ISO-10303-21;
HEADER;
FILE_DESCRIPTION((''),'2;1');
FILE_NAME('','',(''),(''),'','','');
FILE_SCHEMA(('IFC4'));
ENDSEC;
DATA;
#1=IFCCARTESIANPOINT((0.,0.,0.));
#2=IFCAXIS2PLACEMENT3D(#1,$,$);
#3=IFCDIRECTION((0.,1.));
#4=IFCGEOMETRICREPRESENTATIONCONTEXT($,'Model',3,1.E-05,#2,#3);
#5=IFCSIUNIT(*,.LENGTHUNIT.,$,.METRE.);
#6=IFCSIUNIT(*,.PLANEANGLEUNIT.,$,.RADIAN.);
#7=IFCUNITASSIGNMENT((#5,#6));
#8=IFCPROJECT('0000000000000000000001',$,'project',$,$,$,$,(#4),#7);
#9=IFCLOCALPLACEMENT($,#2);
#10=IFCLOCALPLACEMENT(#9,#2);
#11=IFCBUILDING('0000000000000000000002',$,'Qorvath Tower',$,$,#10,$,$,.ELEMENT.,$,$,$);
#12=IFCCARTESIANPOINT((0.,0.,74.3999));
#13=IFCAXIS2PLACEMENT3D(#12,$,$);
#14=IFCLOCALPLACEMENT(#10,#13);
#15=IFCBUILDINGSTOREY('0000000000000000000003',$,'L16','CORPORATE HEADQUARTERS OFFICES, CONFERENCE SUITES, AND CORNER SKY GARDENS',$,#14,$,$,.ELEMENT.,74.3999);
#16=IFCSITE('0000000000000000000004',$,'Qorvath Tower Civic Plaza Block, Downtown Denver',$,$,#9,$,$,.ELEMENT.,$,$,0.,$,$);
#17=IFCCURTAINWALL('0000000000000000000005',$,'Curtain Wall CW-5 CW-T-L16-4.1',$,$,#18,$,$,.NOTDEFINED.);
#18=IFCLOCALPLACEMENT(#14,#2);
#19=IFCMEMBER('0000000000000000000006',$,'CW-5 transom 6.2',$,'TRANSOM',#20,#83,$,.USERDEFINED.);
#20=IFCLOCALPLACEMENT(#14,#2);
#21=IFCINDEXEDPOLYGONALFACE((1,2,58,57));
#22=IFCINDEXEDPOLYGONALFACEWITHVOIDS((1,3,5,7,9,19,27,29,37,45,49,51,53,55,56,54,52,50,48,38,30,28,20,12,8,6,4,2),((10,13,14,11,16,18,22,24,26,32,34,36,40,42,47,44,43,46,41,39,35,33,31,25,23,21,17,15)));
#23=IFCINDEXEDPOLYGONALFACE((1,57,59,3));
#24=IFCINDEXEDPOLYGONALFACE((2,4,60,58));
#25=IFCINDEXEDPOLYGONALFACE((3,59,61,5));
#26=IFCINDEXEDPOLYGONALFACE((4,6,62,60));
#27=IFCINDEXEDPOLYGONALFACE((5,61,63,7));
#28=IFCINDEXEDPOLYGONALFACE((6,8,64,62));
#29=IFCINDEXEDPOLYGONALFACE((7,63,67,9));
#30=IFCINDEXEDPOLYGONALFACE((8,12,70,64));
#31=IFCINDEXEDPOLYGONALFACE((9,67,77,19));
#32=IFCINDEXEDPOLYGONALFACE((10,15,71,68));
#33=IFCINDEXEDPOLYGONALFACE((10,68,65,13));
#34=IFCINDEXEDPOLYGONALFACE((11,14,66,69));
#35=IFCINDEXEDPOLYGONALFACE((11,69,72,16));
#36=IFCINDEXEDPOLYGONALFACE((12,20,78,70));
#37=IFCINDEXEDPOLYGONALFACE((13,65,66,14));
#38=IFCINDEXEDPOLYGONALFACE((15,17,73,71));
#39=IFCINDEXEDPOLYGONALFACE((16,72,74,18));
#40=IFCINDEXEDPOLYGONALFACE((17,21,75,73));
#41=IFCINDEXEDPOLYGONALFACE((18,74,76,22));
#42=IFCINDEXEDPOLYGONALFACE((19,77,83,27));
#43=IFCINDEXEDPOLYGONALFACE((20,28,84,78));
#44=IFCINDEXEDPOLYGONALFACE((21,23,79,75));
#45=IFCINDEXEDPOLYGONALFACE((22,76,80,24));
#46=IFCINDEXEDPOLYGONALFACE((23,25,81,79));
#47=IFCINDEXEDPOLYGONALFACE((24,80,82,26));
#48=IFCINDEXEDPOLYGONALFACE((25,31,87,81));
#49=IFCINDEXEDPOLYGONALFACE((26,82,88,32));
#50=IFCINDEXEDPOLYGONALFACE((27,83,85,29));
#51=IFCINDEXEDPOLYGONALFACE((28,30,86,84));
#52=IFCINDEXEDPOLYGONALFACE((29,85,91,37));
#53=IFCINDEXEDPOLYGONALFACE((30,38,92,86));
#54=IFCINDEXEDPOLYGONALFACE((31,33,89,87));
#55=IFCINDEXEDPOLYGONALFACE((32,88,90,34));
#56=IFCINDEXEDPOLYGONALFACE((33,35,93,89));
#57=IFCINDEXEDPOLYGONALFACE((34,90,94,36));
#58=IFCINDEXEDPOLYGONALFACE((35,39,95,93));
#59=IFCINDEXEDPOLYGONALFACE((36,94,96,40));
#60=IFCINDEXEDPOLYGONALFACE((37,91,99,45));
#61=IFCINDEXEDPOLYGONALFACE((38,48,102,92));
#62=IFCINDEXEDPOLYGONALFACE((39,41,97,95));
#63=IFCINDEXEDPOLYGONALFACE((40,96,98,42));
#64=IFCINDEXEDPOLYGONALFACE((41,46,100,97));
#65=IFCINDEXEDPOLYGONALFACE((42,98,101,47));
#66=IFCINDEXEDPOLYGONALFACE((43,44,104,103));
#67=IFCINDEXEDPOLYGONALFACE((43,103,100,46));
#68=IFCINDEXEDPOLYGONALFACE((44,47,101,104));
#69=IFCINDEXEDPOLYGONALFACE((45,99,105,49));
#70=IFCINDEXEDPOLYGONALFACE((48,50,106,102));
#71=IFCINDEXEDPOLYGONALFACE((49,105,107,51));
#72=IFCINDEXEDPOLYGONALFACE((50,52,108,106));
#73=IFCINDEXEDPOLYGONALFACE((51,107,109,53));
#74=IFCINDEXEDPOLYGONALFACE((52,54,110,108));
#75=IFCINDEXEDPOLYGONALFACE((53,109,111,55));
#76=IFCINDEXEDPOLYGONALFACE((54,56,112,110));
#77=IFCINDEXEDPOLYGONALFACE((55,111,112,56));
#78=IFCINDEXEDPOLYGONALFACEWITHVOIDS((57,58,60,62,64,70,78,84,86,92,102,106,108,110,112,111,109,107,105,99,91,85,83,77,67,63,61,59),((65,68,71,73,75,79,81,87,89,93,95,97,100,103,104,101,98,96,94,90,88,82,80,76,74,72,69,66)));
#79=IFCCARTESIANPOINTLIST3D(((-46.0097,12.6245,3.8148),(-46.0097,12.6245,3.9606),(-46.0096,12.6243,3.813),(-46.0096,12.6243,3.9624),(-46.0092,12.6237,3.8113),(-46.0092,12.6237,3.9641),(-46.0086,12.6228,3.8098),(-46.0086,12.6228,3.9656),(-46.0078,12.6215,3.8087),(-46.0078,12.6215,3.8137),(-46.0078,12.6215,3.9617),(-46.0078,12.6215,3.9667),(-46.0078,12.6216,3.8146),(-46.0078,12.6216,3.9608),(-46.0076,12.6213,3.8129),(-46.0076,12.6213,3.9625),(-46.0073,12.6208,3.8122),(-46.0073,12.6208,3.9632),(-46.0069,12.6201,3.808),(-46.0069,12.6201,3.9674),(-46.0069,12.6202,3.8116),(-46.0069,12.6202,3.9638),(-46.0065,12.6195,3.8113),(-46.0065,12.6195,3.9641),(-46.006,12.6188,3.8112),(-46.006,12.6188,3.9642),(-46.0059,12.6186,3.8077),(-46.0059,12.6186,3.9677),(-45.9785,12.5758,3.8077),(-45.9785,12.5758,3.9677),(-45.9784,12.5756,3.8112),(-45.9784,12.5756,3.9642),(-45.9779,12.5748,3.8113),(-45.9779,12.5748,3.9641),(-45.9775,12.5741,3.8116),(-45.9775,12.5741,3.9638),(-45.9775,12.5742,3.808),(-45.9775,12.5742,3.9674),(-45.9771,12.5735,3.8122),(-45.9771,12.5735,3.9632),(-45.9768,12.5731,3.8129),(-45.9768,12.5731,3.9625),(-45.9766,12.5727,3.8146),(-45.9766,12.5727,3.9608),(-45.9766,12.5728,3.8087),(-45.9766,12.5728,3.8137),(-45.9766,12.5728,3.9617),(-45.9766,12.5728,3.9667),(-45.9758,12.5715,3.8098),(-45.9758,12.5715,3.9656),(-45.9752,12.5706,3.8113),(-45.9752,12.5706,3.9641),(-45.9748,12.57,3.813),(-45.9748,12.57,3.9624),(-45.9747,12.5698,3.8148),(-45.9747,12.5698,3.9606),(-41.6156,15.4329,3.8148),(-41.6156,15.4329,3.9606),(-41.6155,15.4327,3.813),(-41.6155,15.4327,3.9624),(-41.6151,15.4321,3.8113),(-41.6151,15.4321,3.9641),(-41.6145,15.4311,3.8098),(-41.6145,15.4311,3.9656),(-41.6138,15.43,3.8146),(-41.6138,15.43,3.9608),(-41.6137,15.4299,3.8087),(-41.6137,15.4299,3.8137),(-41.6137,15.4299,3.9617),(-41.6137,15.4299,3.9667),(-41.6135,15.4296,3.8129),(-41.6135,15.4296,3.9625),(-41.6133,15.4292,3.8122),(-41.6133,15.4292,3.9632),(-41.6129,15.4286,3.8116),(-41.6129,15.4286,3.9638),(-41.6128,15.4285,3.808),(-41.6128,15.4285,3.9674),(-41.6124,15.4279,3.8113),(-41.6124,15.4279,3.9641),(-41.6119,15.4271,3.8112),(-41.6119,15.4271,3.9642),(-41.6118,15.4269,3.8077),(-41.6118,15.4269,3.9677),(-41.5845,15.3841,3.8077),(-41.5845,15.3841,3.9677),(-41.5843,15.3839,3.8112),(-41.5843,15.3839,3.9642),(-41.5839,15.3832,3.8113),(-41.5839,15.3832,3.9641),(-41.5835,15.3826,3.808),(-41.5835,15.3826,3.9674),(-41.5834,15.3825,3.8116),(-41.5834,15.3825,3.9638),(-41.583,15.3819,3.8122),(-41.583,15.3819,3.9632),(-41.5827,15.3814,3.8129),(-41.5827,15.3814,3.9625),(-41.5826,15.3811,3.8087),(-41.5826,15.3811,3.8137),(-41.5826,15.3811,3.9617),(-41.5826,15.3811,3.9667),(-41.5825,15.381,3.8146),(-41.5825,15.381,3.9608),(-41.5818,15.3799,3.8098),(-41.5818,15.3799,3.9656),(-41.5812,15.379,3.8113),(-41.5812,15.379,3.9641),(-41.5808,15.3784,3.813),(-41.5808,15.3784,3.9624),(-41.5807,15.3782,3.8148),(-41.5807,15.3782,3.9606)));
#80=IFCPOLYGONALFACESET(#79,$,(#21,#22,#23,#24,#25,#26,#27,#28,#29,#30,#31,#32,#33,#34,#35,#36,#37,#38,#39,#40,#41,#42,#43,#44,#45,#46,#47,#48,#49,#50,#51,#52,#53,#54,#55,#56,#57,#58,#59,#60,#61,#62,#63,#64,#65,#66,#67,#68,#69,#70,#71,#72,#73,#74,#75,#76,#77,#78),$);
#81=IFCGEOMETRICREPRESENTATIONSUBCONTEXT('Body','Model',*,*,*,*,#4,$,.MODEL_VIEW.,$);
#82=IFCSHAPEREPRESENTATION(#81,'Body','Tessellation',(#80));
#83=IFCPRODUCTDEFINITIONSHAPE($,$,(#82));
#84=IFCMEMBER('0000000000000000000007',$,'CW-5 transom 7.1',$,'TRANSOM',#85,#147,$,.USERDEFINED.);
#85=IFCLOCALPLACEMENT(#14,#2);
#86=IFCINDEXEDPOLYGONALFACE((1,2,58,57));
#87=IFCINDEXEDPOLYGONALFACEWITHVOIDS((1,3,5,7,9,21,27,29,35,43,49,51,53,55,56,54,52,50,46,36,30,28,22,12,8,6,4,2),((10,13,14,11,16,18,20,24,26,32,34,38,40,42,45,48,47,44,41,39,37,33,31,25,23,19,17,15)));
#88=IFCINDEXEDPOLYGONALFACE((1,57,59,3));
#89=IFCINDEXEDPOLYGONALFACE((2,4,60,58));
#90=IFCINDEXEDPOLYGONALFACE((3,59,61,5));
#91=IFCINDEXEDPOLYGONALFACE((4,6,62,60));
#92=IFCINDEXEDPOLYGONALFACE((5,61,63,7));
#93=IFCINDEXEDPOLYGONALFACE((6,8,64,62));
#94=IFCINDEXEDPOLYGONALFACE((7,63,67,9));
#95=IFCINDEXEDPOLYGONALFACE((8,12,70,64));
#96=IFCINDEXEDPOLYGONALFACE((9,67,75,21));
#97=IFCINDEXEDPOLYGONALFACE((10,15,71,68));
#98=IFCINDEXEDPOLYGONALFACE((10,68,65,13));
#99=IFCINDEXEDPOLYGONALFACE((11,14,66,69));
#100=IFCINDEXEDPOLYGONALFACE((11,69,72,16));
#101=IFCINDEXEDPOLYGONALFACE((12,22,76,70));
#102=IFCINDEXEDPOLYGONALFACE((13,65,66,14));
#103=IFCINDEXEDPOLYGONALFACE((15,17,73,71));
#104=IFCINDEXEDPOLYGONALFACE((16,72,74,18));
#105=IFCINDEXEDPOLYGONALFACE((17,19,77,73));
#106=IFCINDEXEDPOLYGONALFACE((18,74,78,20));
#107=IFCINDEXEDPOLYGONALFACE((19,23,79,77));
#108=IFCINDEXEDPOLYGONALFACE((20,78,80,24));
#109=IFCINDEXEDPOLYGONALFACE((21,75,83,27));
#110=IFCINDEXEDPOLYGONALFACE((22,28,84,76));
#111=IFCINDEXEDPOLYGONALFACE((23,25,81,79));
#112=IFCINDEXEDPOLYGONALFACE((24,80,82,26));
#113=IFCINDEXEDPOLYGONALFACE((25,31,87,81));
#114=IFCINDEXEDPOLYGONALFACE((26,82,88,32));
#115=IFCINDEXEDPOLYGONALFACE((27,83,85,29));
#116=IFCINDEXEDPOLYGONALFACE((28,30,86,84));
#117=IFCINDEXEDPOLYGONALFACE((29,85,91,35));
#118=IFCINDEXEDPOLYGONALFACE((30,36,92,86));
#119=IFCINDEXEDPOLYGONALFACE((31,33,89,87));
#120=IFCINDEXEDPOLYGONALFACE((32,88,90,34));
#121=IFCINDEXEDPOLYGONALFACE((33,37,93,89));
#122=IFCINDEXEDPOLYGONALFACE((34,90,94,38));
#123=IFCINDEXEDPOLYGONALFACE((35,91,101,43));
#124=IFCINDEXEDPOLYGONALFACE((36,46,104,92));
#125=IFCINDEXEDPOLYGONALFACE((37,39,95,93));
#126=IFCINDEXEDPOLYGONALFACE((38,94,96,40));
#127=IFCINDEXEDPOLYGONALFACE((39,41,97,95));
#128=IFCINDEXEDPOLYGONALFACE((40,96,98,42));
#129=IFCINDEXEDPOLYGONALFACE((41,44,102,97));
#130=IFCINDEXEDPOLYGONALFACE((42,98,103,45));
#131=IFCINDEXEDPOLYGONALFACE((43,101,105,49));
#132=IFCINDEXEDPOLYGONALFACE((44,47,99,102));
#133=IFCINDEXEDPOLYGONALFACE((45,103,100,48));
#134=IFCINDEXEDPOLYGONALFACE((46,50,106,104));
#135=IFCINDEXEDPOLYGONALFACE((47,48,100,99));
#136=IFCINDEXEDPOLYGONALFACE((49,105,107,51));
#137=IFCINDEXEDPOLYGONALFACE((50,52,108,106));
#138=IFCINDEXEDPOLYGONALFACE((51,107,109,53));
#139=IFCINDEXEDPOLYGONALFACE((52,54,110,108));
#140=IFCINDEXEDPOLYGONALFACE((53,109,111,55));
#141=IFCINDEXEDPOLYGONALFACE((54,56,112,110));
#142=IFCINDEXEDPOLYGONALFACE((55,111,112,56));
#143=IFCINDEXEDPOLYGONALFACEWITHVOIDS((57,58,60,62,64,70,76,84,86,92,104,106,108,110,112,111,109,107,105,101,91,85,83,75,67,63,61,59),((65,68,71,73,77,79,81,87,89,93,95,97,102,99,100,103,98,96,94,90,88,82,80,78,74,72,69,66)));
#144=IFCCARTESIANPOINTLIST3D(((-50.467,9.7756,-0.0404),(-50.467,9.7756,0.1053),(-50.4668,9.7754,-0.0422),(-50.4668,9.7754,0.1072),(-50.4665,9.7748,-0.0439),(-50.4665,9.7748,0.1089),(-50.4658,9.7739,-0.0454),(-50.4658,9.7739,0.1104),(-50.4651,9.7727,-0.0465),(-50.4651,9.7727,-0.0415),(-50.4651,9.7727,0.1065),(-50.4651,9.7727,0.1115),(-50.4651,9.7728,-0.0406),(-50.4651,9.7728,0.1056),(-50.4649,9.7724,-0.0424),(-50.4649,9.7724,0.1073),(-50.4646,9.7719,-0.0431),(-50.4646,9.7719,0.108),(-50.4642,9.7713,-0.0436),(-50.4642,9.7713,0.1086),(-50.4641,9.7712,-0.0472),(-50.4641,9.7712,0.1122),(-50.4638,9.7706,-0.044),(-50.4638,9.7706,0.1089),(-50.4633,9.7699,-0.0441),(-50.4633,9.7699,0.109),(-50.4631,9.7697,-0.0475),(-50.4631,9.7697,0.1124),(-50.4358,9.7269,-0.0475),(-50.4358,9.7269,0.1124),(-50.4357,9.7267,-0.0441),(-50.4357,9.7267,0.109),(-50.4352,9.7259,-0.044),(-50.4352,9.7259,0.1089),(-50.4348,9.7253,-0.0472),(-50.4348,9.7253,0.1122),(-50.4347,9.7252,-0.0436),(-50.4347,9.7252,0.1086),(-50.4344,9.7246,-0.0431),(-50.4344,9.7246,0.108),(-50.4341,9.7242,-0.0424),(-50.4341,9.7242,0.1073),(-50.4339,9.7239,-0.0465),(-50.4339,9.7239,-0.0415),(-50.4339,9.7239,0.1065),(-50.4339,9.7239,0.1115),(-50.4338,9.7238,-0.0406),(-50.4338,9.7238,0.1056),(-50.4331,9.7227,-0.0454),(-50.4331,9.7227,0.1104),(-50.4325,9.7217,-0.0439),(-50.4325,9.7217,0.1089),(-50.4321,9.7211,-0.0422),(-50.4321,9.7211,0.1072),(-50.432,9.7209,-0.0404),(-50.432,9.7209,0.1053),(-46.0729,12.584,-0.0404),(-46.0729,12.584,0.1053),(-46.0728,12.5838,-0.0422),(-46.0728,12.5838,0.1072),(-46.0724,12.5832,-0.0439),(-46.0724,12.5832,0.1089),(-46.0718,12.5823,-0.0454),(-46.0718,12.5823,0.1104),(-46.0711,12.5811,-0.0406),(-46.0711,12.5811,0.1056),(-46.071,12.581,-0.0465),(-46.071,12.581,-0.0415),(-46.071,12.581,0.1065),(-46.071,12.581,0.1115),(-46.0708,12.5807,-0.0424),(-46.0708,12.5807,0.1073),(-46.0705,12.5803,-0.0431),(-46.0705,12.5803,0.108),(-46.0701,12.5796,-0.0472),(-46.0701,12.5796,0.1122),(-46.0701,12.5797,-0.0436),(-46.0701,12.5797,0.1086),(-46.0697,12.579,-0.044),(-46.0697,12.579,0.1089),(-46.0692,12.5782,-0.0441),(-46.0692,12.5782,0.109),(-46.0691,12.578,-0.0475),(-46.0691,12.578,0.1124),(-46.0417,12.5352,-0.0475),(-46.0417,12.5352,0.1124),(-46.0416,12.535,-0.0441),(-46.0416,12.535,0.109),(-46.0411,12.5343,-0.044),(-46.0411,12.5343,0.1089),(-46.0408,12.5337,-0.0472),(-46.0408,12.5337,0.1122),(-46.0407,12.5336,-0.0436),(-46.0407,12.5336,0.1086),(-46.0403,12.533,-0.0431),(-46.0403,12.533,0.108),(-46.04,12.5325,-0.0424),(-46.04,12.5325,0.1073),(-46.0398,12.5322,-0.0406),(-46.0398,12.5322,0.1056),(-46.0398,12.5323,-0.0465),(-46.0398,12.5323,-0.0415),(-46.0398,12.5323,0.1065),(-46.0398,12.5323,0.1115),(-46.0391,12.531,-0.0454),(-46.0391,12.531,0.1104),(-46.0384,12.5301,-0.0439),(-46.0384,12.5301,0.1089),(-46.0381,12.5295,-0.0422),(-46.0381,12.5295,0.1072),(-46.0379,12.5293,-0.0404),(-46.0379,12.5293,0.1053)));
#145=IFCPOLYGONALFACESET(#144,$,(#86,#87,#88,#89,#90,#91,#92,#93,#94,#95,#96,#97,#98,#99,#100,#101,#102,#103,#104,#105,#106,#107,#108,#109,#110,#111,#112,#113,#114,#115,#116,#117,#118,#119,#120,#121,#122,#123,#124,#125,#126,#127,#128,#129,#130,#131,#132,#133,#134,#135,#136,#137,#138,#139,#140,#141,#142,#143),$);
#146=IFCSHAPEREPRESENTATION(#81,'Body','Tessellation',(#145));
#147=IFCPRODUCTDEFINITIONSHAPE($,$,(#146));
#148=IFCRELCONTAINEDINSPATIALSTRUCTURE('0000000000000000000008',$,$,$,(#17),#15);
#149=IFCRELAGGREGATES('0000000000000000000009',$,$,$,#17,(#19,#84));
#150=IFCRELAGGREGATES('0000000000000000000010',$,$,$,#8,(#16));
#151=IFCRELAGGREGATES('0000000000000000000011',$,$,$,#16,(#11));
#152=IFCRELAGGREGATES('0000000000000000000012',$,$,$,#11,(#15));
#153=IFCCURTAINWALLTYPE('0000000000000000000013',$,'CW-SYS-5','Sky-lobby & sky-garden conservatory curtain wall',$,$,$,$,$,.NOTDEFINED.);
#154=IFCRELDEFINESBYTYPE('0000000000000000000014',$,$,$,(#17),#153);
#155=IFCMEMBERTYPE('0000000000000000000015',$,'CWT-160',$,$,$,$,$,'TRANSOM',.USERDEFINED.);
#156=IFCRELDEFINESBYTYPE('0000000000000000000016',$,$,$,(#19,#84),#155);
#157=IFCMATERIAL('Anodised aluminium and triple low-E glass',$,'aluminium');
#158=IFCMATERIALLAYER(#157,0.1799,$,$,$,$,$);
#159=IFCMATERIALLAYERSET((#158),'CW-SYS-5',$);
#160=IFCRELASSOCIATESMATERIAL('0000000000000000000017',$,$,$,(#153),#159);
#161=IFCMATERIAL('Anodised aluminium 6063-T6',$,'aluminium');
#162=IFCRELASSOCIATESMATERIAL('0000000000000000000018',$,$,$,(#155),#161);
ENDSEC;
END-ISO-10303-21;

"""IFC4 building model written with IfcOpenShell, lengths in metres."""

from ifc_helpers import new_model, si_unit, direction, frame, origin, origin_2d, place, context, subcontext, project, spatial, hollow_rectangle, extrude, material, layer, layer_set, material_profile, profile_set, type_object, element, aggregate, save


model = new_model("IFC4")

# Units and contexts
model_context = context("Model", 3, precision=1e-05, world=origin(), true_north=direction((0.0, 1.0)))
body_context = subcontext(model_context, "Body", "Model", "MODEL_VIEW")
ifc_project = project(units=[si_unit("LENGTHUNIT", "METRE"), si_unit("PLANEANGLEUNIT", "RADIAN")], contexts=[model_context])

# Site, building, storey
site_placement = place(None, origin())
site = spatial("IfcSite", under=ifc_project, at=site_placement, Name="Qorvath Tower Civic Plaza Block, Downtown Denver", CompositionType="ELEMENT", RefElevation=0.0)
building_placement = place(site_placement, origin())
building = spatial("IfcBuilding", under=site, at=building_placement, Name="Qorvath Tower", CompositionType="ELEMENT")
storey_placement = place(building_placement, frame((0.0, 0.0, 74.3999)))
storey = spatial("IfcBuildingStorey", under=building, at=storey_placement, Name="L16", Description="CORPORATE HEADQUARTERS OFFICES, CONFERENCE SUITES, AND CORNER SKY GARDENS", CompositionType="ELEMENT", Elevation=74.3999)

# Curtain wall
ifc_material_1 = material(Name="Anodised aluminium and triple low-E glass", Category="aluminium")
ifc_layer_1 = layer(ifc_material_1, 0.1799)
ifc_layer_set_1 = layer_set([ifc_layer_1], Name="CW-SYS-5")
curtain_wall_type = type_object("IfcCurtainWallType", Name="CW-SYS-5", Description="Sky-lobby & sky-garden conservatory curtain wall", PredefinedType="NOTDEFINED", material=ifc_layer_set_1)
curtain_wall_1_placement = place(storey_placement, origin())
curtain_wall_1 = element("IfcCurtainWall", 1, at=curtain_wall_1_placement, inside=storey, type_object=curtain_wall_type, Name="Curtain Wall CW-5 CW-T-L16-4.1", PredefinedType="NOTDEFINED")

# Members
ifc_material_2 = material(Name="Anodised aluminium 6063-T6", Category="aluminium")
ifc_material_profile_1 = material_profile(ifc_material_2, hollow_rectangle(XDim=0.0649, YDim=0.1599, WallThickness=0.0034, InnerFilletRadius=0.0034, OuterFilletRadius=0.0071, at=origin_2d()), Name="CWT 160x65")
ifc_profile_set_1 = profile_set([ifc_material_profile_1], Name="Anodised aluminium 6063-T6")
member_type_1 = type_object("IfcMemberType", Name="CWT-160", ElementType="TRANSOM", PredefinedType="USERDEFINED", material=ifc_profile_set_1)
member_1_placement = place(storey_placement, frame((-41.5981, 15.4055, 3.8877), z_axis=(-0.842605, -0.538531, 0.0), x_axis=(0.538531, -0.842605, 0.0)))
member_1 = element("IfcMember", 2, at=member_1_placement, type_object=member_type_1, Name="CW-5 transom 6.2", ObjectType="TRANSOM", PredefinedType="USERDEFINED", context=body_context, shape_type="SweptSolid", body=[
    extrude(hollow_rectangle(XDim=0.0649, YDim=0.1599, WallThickness=0.0034, InnerFilletRadius=0.0034, OuterFilletRadius=0.0071, at=origin_2d()), origin(), (0.0, 0.0, 1.0), 5.2148),
])
member_2_placement = place(storey_placement, frame((-46.0554, 12.5566, 0.0325), z_axis=(-0.842605, -0.538531, 0.0), x_axis=(0.538531, -0.842605, 0.0)))
member_2 = element("IfcMember", 3, at=member_2_placement, type_object=member_type_1, Name="CW-5 transom 7.1", ObjectType="TRANSOM", PredefinedType="USERDEFINED", context=body_context, shape_type="SweptSolid", body=[
    extrude(hollow_rectangle(XDim=0.0649, YDim=0.1599, WallThickness=0.0034, InnerFilletRadius=0.0034, OuterFilletRadius=0.0071, at=origin_2d()), origin(), (0.0, 0.0, 1.0), 5.2148),
])

aggregate(curtain_wall_1, [member_1, member_2])

save(model, "model.ifc")
